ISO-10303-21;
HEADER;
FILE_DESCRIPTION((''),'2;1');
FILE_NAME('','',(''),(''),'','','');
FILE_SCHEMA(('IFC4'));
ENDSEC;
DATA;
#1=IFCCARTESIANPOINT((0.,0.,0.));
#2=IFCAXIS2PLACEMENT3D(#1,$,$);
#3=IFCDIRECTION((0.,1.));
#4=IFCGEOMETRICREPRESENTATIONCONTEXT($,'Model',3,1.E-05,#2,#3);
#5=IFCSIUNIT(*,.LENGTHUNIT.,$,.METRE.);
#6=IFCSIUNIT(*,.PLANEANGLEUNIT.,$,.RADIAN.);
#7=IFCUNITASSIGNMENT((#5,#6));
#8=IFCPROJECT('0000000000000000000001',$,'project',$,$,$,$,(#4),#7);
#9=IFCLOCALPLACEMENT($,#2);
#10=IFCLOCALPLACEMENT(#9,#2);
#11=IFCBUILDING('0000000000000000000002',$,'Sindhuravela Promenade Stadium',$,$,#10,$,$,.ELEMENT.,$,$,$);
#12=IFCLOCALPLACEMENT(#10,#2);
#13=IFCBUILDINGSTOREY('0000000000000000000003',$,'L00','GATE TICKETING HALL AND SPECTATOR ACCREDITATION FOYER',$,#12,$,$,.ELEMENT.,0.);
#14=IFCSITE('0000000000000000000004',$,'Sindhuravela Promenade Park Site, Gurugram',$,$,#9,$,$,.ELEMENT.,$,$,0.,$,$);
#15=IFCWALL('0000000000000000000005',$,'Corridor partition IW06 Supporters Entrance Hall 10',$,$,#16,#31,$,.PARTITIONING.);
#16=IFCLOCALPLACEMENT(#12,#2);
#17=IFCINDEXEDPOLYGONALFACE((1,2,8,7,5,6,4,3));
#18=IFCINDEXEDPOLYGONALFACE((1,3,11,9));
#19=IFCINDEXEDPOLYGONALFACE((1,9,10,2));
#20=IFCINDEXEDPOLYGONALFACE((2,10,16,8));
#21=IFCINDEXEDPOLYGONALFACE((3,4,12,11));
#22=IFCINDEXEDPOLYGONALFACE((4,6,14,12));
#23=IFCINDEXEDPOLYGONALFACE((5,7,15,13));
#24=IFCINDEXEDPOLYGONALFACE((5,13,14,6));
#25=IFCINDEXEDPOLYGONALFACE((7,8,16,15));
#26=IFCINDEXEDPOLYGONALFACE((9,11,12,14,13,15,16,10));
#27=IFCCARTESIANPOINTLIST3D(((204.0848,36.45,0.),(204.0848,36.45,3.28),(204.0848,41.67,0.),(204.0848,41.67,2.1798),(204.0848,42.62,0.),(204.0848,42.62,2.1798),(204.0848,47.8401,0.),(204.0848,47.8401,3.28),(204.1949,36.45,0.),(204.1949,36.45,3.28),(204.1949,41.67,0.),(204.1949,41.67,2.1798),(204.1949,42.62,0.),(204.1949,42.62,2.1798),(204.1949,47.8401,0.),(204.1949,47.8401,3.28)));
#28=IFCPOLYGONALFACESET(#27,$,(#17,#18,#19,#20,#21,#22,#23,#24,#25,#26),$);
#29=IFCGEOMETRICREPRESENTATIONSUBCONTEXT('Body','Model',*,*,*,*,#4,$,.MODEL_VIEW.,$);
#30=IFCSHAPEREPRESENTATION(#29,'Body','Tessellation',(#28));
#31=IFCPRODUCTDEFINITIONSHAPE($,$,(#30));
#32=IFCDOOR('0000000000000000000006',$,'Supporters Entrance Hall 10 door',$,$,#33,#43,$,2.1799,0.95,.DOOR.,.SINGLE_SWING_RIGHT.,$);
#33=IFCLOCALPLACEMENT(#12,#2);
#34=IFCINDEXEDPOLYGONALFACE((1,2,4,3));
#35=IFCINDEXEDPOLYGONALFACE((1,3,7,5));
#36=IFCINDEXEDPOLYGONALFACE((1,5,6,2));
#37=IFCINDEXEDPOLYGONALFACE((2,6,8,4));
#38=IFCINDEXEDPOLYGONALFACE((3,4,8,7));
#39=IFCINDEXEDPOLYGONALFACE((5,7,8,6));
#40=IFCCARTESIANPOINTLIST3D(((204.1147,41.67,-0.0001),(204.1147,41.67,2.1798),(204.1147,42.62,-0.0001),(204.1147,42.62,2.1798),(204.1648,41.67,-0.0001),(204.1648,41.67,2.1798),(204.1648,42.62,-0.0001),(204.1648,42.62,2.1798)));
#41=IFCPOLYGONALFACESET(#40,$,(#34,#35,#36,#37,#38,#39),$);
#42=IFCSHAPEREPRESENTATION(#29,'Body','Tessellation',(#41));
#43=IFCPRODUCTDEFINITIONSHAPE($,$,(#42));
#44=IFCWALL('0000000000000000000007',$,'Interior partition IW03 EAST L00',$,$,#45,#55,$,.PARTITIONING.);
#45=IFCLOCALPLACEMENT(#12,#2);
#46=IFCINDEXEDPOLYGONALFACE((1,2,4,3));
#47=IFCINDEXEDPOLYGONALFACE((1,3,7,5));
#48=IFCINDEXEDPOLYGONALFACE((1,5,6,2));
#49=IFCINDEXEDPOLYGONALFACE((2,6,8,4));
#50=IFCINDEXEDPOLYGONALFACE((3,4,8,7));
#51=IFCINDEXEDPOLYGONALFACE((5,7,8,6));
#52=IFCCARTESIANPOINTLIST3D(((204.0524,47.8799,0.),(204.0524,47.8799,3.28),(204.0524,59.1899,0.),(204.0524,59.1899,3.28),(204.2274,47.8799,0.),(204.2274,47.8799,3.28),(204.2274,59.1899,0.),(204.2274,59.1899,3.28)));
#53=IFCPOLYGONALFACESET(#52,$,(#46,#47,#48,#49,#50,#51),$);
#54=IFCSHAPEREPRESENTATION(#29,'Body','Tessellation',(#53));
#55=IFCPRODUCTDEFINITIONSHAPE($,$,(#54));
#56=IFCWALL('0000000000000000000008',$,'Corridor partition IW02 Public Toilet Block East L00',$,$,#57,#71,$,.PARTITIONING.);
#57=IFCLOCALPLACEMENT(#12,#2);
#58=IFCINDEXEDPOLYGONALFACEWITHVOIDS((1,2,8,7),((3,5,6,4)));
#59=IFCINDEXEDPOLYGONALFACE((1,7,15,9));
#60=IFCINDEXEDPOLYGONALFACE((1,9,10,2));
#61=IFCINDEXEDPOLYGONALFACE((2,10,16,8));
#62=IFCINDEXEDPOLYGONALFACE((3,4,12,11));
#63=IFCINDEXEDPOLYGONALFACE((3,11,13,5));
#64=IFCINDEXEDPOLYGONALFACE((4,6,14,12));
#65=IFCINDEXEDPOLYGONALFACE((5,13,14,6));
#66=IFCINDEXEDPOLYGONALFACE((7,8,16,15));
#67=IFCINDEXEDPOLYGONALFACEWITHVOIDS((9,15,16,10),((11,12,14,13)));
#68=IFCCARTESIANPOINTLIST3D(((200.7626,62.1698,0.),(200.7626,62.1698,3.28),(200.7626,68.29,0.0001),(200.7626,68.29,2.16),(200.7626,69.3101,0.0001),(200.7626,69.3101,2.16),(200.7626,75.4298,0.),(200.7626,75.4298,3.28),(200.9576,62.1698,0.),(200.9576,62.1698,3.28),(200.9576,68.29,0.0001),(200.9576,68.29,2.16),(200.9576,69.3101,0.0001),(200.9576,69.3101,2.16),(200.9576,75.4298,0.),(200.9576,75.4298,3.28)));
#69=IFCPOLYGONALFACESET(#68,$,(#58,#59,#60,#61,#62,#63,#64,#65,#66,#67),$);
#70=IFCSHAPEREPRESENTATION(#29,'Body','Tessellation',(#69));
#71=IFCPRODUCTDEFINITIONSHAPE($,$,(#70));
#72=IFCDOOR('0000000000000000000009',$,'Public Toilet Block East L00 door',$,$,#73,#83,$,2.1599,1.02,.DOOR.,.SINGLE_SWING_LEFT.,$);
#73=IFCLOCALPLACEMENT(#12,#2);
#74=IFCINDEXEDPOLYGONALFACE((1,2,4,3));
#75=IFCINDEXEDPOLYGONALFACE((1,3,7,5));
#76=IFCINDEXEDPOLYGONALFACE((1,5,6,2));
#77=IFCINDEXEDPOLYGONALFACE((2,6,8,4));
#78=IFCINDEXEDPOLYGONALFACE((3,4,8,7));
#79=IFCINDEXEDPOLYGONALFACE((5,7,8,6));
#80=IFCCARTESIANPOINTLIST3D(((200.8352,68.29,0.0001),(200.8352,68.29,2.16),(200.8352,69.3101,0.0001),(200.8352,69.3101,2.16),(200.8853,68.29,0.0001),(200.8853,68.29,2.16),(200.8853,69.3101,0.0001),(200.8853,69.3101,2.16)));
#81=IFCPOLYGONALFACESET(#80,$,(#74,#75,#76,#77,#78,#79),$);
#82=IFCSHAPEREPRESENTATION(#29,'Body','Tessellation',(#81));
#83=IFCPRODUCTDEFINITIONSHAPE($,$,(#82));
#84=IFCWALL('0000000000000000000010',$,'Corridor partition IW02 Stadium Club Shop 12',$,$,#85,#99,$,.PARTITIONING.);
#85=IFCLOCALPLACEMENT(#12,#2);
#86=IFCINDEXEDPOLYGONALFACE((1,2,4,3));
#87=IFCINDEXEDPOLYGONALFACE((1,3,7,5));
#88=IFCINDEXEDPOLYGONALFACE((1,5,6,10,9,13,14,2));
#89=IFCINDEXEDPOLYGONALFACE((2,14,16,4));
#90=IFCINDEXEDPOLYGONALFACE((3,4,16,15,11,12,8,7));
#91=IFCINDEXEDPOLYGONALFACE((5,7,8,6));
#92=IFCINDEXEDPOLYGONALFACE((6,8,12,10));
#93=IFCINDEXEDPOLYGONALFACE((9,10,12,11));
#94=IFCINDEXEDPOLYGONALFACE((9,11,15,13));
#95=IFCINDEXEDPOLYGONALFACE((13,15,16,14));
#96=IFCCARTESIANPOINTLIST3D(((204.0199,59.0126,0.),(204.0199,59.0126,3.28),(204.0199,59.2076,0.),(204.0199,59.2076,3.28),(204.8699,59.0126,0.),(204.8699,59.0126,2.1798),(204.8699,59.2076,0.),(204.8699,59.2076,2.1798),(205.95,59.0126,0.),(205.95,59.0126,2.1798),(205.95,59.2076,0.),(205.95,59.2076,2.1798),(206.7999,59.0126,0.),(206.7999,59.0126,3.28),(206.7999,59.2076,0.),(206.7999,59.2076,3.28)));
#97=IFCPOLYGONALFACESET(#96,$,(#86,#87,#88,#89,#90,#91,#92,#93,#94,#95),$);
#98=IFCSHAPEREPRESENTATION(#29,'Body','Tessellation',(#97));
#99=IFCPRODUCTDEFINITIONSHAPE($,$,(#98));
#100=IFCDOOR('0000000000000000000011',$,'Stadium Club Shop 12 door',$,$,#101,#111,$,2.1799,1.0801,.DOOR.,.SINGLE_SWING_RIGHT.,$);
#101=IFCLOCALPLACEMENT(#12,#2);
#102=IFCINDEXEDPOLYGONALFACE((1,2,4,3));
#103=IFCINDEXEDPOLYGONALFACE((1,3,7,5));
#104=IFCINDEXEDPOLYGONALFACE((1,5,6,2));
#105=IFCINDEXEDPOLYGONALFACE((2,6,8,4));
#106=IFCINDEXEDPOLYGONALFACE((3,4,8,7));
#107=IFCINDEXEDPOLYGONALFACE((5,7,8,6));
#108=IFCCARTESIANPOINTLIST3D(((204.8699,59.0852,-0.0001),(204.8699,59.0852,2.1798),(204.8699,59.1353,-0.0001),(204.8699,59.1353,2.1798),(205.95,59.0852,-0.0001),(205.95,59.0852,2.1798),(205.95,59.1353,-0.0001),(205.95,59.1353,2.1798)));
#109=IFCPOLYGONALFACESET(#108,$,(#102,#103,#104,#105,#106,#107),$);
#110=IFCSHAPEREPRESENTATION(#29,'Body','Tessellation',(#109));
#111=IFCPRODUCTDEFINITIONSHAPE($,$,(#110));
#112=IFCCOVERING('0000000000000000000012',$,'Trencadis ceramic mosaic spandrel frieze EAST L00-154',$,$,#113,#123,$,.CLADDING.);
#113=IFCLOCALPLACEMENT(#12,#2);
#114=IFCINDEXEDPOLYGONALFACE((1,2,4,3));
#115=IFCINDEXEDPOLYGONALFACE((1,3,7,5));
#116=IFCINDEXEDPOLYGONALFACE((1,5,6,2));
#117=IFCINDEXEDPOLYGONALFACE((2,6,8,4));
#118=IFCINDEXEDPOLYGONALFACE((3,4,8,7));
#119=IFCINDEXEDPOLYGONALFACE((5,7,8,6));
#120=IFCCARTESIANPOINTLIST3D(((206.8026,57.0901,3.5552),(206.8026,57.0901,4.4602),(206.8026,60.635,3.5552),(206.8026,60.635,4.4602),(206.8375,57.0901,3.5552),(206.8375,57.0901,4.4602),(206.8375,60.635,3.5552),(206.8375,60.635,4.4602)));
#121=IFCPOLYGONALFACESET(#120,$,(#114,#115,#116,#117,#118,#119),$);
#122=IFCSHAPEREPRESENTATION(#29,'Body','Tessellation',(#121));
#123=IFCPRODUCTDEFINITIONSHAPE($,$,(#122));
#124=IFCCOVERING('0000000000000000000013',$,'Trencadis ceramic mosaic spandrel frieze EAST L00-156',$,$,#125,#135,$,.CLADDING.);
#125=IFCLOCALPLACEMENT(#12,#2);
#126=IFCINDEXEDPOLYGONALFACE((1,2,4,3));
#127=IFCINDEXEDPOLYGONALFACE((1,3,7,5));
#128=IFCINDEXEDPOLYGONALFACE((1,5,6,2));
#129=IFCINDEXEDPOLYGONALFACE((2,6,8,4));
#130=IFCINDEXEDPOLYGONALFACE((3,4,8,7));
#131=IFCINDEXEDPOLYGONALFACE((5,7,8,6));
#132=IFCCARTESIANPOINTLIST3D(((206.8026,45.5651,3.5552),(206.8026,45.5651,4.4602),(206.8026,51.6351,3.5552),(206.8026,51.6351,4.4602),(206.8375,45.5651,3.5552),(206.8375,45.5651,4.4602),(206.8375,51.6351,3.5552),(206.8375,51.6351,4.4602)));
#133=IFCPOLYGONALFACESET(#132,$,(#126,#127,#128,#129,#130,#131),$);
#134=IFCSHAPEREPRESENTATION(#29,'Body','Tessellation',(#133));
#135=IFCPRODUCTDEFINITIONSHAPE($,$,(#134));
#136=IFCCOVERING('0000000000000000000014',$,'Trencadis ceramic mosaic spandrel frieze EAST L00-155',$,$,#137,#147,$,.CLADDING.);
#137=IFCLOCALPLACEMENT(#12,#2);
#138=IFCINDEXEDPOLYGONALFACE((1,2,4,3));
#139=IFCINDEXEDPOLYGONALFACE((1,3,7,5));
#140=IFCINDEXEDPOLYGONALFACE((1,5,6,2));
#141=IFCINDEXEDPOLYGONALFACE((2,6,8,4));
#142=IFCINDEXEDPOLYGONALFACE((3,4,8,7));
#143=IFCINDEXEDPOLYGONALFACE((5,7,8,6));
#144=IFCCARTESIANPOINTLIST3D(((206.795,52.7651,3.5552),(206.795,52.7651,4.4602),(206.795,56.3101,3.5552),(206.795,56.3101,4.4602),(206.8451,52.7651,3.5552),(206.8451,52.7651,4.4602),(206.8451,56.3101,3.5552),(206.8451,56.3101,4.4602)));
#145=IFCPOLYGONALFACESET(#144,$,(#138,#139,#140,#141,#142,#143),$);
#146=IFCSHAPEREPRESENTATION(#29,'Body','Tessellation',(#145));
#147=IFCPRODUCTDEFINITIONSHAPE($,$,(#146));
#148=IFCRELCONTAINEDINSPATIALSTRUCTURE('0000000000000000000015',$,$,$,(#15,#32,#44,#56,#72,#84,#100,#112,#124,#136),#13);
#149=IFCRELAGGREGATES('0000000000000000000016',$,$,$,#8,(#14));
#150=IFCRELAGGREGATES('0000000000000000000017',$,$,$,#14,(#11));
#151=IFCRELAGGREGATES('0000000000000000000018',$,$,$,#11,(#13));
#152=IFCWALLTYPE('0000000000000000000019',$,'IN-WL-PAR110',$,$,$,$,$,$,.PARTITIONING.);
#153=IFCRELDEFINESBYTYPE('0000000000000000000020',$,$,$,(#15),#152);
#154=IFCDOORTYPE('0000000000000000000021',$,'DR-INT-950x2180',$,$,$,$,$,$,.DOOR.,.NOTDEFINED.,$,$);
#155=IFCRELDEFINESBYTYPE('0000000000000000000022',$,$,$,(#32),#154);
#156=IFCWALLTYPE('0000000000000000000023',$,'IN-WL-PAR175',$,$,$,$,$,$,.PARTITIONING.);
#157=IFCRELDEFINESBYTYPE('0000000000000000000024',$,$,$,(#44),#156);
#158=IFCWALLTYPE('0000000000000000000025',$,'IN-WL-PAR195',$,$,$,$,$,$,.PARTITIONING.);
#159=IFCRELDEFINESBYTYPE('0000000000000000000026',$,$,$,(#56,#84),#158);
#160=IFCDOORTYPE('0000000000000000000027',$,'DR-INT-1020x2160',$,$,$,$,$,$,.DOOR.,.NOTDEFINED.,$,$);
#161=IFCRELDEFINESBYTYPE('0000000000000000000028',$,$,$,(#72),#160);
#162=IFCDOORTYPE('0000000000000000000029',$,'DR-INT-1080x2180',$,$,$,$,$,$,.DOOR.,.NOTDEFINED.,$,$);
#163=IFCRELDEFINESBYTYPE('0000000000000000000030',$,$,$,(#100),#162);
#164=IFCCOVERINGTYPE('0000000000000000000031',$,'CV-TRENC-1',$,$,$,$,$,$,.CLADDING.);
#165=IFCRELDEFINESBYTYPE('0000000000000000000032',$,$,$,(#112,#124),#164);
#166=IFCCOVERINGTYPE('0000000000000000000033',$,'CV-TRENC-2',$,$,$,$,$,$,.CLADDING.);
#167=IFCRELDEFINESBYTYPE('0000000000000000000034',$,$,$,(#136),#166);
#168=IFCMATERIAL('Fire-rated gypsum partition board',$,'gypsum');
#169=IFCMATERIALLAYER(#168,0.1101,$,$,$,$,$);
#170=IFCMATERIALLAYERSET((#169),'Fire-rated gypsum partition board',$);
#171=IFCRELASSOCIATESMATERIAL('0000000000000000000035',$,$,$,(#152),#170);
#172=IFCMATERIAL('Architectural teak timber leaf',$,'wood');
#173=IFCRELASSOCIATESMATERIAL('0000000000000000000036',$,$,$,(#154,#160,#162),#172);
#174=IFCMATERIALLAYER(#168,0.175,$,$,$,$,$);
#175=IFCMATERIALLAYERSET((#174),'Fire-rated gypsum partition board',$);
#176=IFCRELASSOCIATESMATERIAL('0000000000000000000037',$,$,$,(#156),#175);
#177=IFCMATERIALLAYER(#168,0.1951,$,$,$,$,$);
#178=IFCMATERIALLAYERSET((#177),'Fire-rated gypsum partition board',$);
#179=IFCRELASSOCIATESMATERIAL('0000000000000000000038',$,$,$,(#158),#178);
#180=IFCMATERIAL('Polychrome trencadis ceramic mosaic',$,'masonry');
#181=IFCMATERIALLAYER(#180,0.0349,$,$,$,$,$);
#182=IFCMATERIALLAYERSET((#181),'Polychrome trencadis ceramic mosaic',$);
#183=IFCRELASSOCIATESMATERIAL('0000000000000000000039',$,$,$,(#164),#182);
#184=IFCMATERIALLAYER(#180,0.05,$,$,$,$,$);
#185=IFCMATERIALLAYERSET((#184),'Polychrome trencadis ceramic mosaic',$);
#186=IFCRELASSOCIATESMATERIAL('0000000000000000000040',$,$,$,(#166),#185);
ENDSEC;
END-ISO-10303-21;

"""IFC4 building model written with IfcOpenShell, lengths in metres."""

from ifc_helpers import new_model, si_unit, direction, frame, frame_2d, origin, origin_2d, place, context, subcontext, project, spatial, rectangle, extrude, material, layer, layer_set, type_object, element, fill, save


model = new_model("IFC4")

# Units and contexts
model_context = context("Model", 3, precision=1e-05, world=origin(), true_north=direction((0.0, 1.0)))
body_context = subcontext(model_context, "Body", "Model", "MODEL_VIEW")
ifc_project = project(units=[si_unit("LENGTHUNIT", "METRE"), si_unit("PLANEANGLEUNIT", "RADIAN")], contexts=[model_context])

# Site, building, storey
site_placement = place(None, origin())
site = spatial("IfcSite", under=ifc_project, at=site_placement, Name="Sindhuravela Promenade Park Site, Gurugram", CompositionType="ELEMENT", RefElevation=0.0)
building_placement = place(site_placement, origin())
building = spatial("IfcBuilding", under=site, at=building_placement, Name="Sindhuravela Promenade Stadium", CompositionType="ELEMENT")
storey_placement = place(building_placement, origin())
storey = spatial("IfcBuildingStorey", under=building, at=storey_placement, Name="L00", Description="GATE TICKETING HALL AND SPECTATOR ACCREDITATION FOYER", CompositionType="ELEMENT", Elevation=0.0)

# Wall, opening, door
ifc_material_1 = material(Name="Fire-rated gypsum partition board", Category="gypsum")
ifc_layer_1 = layer(ifc_material_1, 0.1101)
ifc_layer_set_1 = layer_set([ifc_layer_1], Name="Fire-rated gypsum partition board")
wall_type_1 = type_object("IfcWallType", Name="IN-WL-PAR110", PredefinedType="PARTITIONING", material=ifc_layer_set_1)
wall_1_placement = place(storey_placement, frame((204.1399, 47.8401, 0.0), z_axis=(0.0, 0.0, 1.0), x_axis=(0.0, -1.0, 0.0)))
wall_1 = element("IfcWall", 1, at=wall_1_placement, inside=storey, type_object=wall_type_1, Name="Corridor partition IW06 Supporters Entrance Hall 10", PredefinedType="PARTITIONING", context=body_context, shape_type="SweptSolid", body=[
    extrude(rectangle(XDim=11.3901, YDim=0.1101, at=frame_2d((5.6951, 0.0))), origin(), (0.0, 0.0, 1.0), 3.28),
])
opening_1_placement = place(wall_1_placement, frame((5.22, 0.0, 0.0)))
opening_1 = element("IfcOpeningElement", 2, at=opening_1_placement, cuts=wall_1, PredefinedType="OPENING", context=body_context, shape_type="SweptSolid", body=[
    extrude(rectangle(XDim=0.95, YDim=2.1799, at=frame_2d((0.4751, 1.0898))), frame((0.0, 0.0649, 0.0), z_axis=(0.0, -1.0, 0.0), x_axis=(1.0, 0.0, 0.0)), (0.0, 0.0, 1.0), 0.1301),
])
ifc_material_2 = material(Name="Architectural teak timber leaf", Category="wood")
door_type_1 = type_object("IfcDoorType", Name="DR-INT-950x2180", OperationType="NOTDEFINED", PredefinedType="DOOR", material=ifc_material_2)
door_1_placement = place(opening_1_placement, origin())
door_1 = element("IfcDoor", 3, at=door_1_placement, inside=storey, type_object=door_type_1, Name="Supporters Entrance Hall 10 door", OperationType="SINGLE_SWING_RIGHT", OverallHeight=2.1799, OverallWidth=0.95, PredefinedType="DOOR", context=body_context, shape_type="SweptSolid", body=[
    extrude(rectangle(XDim=0.95, YDim=2.1799, at=frame_2d((0.4751, 1.0898))), frame((0.0, 0.0249, 0.0), z_axis=(0.0, -1.0, 0.0), x_axis=(1.0, 0.0, 0.0)), (0.0, 0.0, 1.0), 0.05),
])
fill(opening_1, door_1)

# Wall
ifc_layer_2 = layer(ifc_material_1, 0.175)
ifc_layer_set_2 = layer_set([ifc_layer_2], Name="Fire-rated gypsum partition board")
wall_type_2 = type_object("IfcWallType", Name="IN-WL-PAR175", PredefinedType="PARTITIONING", material=ifc_layer_set_2)
wall_2_placement = place(storey_placement, frame((204.1399, 47.8799, 0.0), z_axis=(0.0, 0.0, 1.0), x_axis=(0.0, 1.0, 0.0)))
element("IfcWall", 4, at=wall_2_placement, inside=storey, type_object=wall_type_2, Name="Interior partition IW03 EAST L00", PredefinedType="PARTITIONING", context=body_context, shape_type="SweptSolid", body=[
    extrude(rectangle(XDim=11.3101, YDim=0.175, at=frame_2d((5.655, 0.0))), origin(), (0.0, 0.0, 1.0), 3.28),
])

# Walls, openings, doors
ifc_layer_3 = layer(ifc_material_1, 0.1951)
ifc_layer_set_3 = layer_set([ifc_layer_3], Name="Fire-rated gypsum partition board")
wall_type_3 = type_object("IfcWallType", Name="IN-WL-PAR195", PredefinedType="PARTITIONING", material=ifc_layer_set_3)
wall_3_placement = place(storey_placement, frame((200.8601, 62.1699, 0.0), z_axis=(0.0, 0.0, 1.0), x_axis=(0.0, 1.0, 0.0)))
wall_3 = element("IfcWall", 5, at=wall_3_placement, inside=storey, type_object=wall_type_3, Name="Corridor partition IW02 Public Toilet Block East L00", PredefinedType="PARTITIONING", context=body_context, shape_type="SweptSolid", body=[
    extrude(rectangle(XDim=13.26, YDim=0.1951, at=frame_2d((6.6299, 0.0))), origin(), (0.0, 0.0, 1.0), 3.28),
])
opening_2_placement = place(wall_3_placement, frame((6.1201, 0.0, 0.0)))
opening_2 = element("IfcOpeningElement", 6, at=opening_2_placement, cuts=wall_3, PredefinedType="OPENING", context=body_context, shape_type="SweptSolid", body=[
    extrude(rectangle(XDim=1.02, YDim=2.1599, at=frame_2d((0.51, 1.0801))), frame((0.0, 0.1074, 0.0), z_axis=(0.0, -1.0, 0.0), x_axis=(1.0, 0.0, 0.0)), (0.0, 0.0, 1.0), 0.2151),
])
door_type_2 = type_object("IfcDoorType", Name="DR-INT-1020x2160", OperationType="NOTDEFINED", PredefinedType="DOOR", material=ifc_material_2)
door_2_placement = place(opening_2_placement, origin())
door_2 = element("IfcDoor", 7, at=door_2_placement, inside=storey, type_object=door_type_2, Name="Public Toilet Block East L00 door", OperationType="SINGLE_SWING_LEFT", OverallHeight=2.1599, OverallWidth=1.02, PredefinedType="DOOR", context=body_context, shape_type="SweptSolid", body=[
    extrude(rectangle(XDim=1.02, YDim=2.1599, at=frame_2d((0.51, 1.0801))), frame((0.0, 0.0249, 0.0), z_axis=(0.0, -1.0, 0.0), x_axis=(1.0, 0.0, 0.0)), (0.0, 0.0, 1.0), 0.05),
])
fill(opening_2, door_2)
wall_4_placement = place(storey_placement, frame((206.8, 59.1101, 0.0), z_axis=(0.0, 0.0, 1.0), x_axis=(-1.0, 0.0, 0.0)))
wall_4 = element("IfcWall", 8, at=wall_4_placement, inside=storey, type_object=wall_type_3, Name="Corridor partition IW02 Stadium Club Shop 12", PredefinedType="PARTITIONING", context=body_context, shape_type="SweptSolid", body=[
    extrude(rectangle(XDim=2.78, YDim=0.1951, at=frame_2d((1.3901, 0.0))), origin(), (0.0, 0.0, 1.0), 3.28),
])
opening_3_placement = place(wall_4_placement, frame((0.8501, 0.0, 0.0)))
opening_3 = element("IfcOpeningElement", 9, at=opening_3_placement, cuts=wall_4, PredefinedType="OPENING", context=body_context, shape_type="SweptSolid", body=[
    extrude(rectangle(XDim=1.0801, YDim=2.1799, at=frame_2d((0.54, 1.0898))), frame((0.0, 0.1074, 0.0), z_axis=(0.0, -1.0, 0.0), x_axis=(1.0, 0.0, 0.0)), (0.0, 0.0, 1.0), 0.2151),
])
door_type_3 = type_object("IfcDoorType", Name="DR-INT-1080x2180", OperationType="NOTDEFINED", PredefinedType="DOOR", material=ifc_material_2)
door_3_placement = place(opening_3_placement, origin())
door_3 = element("IfcDoor", 10, at=door_3_placement, inside=storey, type_object=door_type_3, Name="Stadium Club Shop 12 door", OperationType="SINGLE_SWING_RIGHT", OverallHeight=2.1799, OverallWidth=1.0801, PredefinedType="DOOR", context=body_context, shape_type="SweptSolid", body=[
    extrude(rectangle(XDim=1.0801, YDim=2.1799, at=frame_2d((0.54, 1.0898))), frame((0.0, 0.0249, 0.0), z_axis=(0.0, -1.0, 0.0), x_axis=(1.0, 0.0, 0.0)), (0.0, 0.0, 1.0), 0.05),
])
fill(opening_3, door_3)

# Coverings
ifc_material_3 = material(Name="Polychrome trencadis ceramic mosaic", Category="masonry")
ifc_layer_4 = layer(ifc_material_3, 0.0349)
ifc_layer_set_4 = layer_set([ifc_layer_4], Name="Polychrome trencadis ceramic mosaic")
covering_type_1 = type_object("IfcCoveringType", Name="CV-TRENC-1", PredefinedType="CLADDING", material=ifc_layer_set_4)
covering_1_placement = place(storey_placement, frame((206.8201, 58.8625, 3.5552), z_axis=(0.0, 0.0, 1.0), x_axis=(0.0, -1.0, 0.0)))
element("IfcCovering", 11, at=covering_1_placement, inside=storey, type_object=covering_type_1, Name="Trencadis ceramic mosaic spandrel frieze EAST L00-154", PredefinedType="CLADDING", context=body_context, shape_type="SweptSolid", body=[
    extrude(rectangle(XDim=3.5449, YDim=0.0349, at=origin_2d()), origin(), (0.0, 0.0, 1.0), 0.905),
])
covering_2_placement = place(storey_placement, frame((206.8201, 48.6001, 3.5552), z_axis=(0.0, 0.0, 1.0), x_axis=(0.0, -1.0, 0.0)))
element("IfcCovering", 12, at=covering_2_placement, inside=storey, type_object=covering_type_1, Name="Trencadis ceramic mosaic spandrel frieze EAST L00-156", PredefinedType="CLADDING", context=body_context, shape_type="SweptSolid", body=[
    extrude(rectangle(XDim=6.0701, YDim=0.0349, at=origin_2d()), origin(), (0.0, 0.0, 1.0), 0.905),
])
ifc_layer_5 = layer(ifc_material_3, 0.05)
ifc_layer_set_5 = layer_set([ifc_layer_5], Name="Polychrome trencadis ceramic mosaic")
covering_type_2 = type_object("IfcCoveringType", Name="CV-TRENC-2", PredefinedType="CLADDING", material=ifc_layer_set_5)
covering_3_placement = place(storey_placement, frame((206.8201, 54.5376, 3.5552), z_axis=(0.0, 0.0, 1.0), x_axis=(0.0, -1.0, 0.0)))
element("IfcCovering", 13, at=covering_3_placement, inside=storey, type_object=covering_type_2, Name="Trencadis ceramic mosaic spandrel frieze EAST L00-155", PredefinedType="CLADDING", context=body_context, shape_type="SweptSolid", body=[
    extrude(rectangle(XDim=3.5449, YDim=0.05, at=origin_2d()), origin(), (0.0, 0.0, 1.0), 0.905),
])

save(model, "model.ifc")
